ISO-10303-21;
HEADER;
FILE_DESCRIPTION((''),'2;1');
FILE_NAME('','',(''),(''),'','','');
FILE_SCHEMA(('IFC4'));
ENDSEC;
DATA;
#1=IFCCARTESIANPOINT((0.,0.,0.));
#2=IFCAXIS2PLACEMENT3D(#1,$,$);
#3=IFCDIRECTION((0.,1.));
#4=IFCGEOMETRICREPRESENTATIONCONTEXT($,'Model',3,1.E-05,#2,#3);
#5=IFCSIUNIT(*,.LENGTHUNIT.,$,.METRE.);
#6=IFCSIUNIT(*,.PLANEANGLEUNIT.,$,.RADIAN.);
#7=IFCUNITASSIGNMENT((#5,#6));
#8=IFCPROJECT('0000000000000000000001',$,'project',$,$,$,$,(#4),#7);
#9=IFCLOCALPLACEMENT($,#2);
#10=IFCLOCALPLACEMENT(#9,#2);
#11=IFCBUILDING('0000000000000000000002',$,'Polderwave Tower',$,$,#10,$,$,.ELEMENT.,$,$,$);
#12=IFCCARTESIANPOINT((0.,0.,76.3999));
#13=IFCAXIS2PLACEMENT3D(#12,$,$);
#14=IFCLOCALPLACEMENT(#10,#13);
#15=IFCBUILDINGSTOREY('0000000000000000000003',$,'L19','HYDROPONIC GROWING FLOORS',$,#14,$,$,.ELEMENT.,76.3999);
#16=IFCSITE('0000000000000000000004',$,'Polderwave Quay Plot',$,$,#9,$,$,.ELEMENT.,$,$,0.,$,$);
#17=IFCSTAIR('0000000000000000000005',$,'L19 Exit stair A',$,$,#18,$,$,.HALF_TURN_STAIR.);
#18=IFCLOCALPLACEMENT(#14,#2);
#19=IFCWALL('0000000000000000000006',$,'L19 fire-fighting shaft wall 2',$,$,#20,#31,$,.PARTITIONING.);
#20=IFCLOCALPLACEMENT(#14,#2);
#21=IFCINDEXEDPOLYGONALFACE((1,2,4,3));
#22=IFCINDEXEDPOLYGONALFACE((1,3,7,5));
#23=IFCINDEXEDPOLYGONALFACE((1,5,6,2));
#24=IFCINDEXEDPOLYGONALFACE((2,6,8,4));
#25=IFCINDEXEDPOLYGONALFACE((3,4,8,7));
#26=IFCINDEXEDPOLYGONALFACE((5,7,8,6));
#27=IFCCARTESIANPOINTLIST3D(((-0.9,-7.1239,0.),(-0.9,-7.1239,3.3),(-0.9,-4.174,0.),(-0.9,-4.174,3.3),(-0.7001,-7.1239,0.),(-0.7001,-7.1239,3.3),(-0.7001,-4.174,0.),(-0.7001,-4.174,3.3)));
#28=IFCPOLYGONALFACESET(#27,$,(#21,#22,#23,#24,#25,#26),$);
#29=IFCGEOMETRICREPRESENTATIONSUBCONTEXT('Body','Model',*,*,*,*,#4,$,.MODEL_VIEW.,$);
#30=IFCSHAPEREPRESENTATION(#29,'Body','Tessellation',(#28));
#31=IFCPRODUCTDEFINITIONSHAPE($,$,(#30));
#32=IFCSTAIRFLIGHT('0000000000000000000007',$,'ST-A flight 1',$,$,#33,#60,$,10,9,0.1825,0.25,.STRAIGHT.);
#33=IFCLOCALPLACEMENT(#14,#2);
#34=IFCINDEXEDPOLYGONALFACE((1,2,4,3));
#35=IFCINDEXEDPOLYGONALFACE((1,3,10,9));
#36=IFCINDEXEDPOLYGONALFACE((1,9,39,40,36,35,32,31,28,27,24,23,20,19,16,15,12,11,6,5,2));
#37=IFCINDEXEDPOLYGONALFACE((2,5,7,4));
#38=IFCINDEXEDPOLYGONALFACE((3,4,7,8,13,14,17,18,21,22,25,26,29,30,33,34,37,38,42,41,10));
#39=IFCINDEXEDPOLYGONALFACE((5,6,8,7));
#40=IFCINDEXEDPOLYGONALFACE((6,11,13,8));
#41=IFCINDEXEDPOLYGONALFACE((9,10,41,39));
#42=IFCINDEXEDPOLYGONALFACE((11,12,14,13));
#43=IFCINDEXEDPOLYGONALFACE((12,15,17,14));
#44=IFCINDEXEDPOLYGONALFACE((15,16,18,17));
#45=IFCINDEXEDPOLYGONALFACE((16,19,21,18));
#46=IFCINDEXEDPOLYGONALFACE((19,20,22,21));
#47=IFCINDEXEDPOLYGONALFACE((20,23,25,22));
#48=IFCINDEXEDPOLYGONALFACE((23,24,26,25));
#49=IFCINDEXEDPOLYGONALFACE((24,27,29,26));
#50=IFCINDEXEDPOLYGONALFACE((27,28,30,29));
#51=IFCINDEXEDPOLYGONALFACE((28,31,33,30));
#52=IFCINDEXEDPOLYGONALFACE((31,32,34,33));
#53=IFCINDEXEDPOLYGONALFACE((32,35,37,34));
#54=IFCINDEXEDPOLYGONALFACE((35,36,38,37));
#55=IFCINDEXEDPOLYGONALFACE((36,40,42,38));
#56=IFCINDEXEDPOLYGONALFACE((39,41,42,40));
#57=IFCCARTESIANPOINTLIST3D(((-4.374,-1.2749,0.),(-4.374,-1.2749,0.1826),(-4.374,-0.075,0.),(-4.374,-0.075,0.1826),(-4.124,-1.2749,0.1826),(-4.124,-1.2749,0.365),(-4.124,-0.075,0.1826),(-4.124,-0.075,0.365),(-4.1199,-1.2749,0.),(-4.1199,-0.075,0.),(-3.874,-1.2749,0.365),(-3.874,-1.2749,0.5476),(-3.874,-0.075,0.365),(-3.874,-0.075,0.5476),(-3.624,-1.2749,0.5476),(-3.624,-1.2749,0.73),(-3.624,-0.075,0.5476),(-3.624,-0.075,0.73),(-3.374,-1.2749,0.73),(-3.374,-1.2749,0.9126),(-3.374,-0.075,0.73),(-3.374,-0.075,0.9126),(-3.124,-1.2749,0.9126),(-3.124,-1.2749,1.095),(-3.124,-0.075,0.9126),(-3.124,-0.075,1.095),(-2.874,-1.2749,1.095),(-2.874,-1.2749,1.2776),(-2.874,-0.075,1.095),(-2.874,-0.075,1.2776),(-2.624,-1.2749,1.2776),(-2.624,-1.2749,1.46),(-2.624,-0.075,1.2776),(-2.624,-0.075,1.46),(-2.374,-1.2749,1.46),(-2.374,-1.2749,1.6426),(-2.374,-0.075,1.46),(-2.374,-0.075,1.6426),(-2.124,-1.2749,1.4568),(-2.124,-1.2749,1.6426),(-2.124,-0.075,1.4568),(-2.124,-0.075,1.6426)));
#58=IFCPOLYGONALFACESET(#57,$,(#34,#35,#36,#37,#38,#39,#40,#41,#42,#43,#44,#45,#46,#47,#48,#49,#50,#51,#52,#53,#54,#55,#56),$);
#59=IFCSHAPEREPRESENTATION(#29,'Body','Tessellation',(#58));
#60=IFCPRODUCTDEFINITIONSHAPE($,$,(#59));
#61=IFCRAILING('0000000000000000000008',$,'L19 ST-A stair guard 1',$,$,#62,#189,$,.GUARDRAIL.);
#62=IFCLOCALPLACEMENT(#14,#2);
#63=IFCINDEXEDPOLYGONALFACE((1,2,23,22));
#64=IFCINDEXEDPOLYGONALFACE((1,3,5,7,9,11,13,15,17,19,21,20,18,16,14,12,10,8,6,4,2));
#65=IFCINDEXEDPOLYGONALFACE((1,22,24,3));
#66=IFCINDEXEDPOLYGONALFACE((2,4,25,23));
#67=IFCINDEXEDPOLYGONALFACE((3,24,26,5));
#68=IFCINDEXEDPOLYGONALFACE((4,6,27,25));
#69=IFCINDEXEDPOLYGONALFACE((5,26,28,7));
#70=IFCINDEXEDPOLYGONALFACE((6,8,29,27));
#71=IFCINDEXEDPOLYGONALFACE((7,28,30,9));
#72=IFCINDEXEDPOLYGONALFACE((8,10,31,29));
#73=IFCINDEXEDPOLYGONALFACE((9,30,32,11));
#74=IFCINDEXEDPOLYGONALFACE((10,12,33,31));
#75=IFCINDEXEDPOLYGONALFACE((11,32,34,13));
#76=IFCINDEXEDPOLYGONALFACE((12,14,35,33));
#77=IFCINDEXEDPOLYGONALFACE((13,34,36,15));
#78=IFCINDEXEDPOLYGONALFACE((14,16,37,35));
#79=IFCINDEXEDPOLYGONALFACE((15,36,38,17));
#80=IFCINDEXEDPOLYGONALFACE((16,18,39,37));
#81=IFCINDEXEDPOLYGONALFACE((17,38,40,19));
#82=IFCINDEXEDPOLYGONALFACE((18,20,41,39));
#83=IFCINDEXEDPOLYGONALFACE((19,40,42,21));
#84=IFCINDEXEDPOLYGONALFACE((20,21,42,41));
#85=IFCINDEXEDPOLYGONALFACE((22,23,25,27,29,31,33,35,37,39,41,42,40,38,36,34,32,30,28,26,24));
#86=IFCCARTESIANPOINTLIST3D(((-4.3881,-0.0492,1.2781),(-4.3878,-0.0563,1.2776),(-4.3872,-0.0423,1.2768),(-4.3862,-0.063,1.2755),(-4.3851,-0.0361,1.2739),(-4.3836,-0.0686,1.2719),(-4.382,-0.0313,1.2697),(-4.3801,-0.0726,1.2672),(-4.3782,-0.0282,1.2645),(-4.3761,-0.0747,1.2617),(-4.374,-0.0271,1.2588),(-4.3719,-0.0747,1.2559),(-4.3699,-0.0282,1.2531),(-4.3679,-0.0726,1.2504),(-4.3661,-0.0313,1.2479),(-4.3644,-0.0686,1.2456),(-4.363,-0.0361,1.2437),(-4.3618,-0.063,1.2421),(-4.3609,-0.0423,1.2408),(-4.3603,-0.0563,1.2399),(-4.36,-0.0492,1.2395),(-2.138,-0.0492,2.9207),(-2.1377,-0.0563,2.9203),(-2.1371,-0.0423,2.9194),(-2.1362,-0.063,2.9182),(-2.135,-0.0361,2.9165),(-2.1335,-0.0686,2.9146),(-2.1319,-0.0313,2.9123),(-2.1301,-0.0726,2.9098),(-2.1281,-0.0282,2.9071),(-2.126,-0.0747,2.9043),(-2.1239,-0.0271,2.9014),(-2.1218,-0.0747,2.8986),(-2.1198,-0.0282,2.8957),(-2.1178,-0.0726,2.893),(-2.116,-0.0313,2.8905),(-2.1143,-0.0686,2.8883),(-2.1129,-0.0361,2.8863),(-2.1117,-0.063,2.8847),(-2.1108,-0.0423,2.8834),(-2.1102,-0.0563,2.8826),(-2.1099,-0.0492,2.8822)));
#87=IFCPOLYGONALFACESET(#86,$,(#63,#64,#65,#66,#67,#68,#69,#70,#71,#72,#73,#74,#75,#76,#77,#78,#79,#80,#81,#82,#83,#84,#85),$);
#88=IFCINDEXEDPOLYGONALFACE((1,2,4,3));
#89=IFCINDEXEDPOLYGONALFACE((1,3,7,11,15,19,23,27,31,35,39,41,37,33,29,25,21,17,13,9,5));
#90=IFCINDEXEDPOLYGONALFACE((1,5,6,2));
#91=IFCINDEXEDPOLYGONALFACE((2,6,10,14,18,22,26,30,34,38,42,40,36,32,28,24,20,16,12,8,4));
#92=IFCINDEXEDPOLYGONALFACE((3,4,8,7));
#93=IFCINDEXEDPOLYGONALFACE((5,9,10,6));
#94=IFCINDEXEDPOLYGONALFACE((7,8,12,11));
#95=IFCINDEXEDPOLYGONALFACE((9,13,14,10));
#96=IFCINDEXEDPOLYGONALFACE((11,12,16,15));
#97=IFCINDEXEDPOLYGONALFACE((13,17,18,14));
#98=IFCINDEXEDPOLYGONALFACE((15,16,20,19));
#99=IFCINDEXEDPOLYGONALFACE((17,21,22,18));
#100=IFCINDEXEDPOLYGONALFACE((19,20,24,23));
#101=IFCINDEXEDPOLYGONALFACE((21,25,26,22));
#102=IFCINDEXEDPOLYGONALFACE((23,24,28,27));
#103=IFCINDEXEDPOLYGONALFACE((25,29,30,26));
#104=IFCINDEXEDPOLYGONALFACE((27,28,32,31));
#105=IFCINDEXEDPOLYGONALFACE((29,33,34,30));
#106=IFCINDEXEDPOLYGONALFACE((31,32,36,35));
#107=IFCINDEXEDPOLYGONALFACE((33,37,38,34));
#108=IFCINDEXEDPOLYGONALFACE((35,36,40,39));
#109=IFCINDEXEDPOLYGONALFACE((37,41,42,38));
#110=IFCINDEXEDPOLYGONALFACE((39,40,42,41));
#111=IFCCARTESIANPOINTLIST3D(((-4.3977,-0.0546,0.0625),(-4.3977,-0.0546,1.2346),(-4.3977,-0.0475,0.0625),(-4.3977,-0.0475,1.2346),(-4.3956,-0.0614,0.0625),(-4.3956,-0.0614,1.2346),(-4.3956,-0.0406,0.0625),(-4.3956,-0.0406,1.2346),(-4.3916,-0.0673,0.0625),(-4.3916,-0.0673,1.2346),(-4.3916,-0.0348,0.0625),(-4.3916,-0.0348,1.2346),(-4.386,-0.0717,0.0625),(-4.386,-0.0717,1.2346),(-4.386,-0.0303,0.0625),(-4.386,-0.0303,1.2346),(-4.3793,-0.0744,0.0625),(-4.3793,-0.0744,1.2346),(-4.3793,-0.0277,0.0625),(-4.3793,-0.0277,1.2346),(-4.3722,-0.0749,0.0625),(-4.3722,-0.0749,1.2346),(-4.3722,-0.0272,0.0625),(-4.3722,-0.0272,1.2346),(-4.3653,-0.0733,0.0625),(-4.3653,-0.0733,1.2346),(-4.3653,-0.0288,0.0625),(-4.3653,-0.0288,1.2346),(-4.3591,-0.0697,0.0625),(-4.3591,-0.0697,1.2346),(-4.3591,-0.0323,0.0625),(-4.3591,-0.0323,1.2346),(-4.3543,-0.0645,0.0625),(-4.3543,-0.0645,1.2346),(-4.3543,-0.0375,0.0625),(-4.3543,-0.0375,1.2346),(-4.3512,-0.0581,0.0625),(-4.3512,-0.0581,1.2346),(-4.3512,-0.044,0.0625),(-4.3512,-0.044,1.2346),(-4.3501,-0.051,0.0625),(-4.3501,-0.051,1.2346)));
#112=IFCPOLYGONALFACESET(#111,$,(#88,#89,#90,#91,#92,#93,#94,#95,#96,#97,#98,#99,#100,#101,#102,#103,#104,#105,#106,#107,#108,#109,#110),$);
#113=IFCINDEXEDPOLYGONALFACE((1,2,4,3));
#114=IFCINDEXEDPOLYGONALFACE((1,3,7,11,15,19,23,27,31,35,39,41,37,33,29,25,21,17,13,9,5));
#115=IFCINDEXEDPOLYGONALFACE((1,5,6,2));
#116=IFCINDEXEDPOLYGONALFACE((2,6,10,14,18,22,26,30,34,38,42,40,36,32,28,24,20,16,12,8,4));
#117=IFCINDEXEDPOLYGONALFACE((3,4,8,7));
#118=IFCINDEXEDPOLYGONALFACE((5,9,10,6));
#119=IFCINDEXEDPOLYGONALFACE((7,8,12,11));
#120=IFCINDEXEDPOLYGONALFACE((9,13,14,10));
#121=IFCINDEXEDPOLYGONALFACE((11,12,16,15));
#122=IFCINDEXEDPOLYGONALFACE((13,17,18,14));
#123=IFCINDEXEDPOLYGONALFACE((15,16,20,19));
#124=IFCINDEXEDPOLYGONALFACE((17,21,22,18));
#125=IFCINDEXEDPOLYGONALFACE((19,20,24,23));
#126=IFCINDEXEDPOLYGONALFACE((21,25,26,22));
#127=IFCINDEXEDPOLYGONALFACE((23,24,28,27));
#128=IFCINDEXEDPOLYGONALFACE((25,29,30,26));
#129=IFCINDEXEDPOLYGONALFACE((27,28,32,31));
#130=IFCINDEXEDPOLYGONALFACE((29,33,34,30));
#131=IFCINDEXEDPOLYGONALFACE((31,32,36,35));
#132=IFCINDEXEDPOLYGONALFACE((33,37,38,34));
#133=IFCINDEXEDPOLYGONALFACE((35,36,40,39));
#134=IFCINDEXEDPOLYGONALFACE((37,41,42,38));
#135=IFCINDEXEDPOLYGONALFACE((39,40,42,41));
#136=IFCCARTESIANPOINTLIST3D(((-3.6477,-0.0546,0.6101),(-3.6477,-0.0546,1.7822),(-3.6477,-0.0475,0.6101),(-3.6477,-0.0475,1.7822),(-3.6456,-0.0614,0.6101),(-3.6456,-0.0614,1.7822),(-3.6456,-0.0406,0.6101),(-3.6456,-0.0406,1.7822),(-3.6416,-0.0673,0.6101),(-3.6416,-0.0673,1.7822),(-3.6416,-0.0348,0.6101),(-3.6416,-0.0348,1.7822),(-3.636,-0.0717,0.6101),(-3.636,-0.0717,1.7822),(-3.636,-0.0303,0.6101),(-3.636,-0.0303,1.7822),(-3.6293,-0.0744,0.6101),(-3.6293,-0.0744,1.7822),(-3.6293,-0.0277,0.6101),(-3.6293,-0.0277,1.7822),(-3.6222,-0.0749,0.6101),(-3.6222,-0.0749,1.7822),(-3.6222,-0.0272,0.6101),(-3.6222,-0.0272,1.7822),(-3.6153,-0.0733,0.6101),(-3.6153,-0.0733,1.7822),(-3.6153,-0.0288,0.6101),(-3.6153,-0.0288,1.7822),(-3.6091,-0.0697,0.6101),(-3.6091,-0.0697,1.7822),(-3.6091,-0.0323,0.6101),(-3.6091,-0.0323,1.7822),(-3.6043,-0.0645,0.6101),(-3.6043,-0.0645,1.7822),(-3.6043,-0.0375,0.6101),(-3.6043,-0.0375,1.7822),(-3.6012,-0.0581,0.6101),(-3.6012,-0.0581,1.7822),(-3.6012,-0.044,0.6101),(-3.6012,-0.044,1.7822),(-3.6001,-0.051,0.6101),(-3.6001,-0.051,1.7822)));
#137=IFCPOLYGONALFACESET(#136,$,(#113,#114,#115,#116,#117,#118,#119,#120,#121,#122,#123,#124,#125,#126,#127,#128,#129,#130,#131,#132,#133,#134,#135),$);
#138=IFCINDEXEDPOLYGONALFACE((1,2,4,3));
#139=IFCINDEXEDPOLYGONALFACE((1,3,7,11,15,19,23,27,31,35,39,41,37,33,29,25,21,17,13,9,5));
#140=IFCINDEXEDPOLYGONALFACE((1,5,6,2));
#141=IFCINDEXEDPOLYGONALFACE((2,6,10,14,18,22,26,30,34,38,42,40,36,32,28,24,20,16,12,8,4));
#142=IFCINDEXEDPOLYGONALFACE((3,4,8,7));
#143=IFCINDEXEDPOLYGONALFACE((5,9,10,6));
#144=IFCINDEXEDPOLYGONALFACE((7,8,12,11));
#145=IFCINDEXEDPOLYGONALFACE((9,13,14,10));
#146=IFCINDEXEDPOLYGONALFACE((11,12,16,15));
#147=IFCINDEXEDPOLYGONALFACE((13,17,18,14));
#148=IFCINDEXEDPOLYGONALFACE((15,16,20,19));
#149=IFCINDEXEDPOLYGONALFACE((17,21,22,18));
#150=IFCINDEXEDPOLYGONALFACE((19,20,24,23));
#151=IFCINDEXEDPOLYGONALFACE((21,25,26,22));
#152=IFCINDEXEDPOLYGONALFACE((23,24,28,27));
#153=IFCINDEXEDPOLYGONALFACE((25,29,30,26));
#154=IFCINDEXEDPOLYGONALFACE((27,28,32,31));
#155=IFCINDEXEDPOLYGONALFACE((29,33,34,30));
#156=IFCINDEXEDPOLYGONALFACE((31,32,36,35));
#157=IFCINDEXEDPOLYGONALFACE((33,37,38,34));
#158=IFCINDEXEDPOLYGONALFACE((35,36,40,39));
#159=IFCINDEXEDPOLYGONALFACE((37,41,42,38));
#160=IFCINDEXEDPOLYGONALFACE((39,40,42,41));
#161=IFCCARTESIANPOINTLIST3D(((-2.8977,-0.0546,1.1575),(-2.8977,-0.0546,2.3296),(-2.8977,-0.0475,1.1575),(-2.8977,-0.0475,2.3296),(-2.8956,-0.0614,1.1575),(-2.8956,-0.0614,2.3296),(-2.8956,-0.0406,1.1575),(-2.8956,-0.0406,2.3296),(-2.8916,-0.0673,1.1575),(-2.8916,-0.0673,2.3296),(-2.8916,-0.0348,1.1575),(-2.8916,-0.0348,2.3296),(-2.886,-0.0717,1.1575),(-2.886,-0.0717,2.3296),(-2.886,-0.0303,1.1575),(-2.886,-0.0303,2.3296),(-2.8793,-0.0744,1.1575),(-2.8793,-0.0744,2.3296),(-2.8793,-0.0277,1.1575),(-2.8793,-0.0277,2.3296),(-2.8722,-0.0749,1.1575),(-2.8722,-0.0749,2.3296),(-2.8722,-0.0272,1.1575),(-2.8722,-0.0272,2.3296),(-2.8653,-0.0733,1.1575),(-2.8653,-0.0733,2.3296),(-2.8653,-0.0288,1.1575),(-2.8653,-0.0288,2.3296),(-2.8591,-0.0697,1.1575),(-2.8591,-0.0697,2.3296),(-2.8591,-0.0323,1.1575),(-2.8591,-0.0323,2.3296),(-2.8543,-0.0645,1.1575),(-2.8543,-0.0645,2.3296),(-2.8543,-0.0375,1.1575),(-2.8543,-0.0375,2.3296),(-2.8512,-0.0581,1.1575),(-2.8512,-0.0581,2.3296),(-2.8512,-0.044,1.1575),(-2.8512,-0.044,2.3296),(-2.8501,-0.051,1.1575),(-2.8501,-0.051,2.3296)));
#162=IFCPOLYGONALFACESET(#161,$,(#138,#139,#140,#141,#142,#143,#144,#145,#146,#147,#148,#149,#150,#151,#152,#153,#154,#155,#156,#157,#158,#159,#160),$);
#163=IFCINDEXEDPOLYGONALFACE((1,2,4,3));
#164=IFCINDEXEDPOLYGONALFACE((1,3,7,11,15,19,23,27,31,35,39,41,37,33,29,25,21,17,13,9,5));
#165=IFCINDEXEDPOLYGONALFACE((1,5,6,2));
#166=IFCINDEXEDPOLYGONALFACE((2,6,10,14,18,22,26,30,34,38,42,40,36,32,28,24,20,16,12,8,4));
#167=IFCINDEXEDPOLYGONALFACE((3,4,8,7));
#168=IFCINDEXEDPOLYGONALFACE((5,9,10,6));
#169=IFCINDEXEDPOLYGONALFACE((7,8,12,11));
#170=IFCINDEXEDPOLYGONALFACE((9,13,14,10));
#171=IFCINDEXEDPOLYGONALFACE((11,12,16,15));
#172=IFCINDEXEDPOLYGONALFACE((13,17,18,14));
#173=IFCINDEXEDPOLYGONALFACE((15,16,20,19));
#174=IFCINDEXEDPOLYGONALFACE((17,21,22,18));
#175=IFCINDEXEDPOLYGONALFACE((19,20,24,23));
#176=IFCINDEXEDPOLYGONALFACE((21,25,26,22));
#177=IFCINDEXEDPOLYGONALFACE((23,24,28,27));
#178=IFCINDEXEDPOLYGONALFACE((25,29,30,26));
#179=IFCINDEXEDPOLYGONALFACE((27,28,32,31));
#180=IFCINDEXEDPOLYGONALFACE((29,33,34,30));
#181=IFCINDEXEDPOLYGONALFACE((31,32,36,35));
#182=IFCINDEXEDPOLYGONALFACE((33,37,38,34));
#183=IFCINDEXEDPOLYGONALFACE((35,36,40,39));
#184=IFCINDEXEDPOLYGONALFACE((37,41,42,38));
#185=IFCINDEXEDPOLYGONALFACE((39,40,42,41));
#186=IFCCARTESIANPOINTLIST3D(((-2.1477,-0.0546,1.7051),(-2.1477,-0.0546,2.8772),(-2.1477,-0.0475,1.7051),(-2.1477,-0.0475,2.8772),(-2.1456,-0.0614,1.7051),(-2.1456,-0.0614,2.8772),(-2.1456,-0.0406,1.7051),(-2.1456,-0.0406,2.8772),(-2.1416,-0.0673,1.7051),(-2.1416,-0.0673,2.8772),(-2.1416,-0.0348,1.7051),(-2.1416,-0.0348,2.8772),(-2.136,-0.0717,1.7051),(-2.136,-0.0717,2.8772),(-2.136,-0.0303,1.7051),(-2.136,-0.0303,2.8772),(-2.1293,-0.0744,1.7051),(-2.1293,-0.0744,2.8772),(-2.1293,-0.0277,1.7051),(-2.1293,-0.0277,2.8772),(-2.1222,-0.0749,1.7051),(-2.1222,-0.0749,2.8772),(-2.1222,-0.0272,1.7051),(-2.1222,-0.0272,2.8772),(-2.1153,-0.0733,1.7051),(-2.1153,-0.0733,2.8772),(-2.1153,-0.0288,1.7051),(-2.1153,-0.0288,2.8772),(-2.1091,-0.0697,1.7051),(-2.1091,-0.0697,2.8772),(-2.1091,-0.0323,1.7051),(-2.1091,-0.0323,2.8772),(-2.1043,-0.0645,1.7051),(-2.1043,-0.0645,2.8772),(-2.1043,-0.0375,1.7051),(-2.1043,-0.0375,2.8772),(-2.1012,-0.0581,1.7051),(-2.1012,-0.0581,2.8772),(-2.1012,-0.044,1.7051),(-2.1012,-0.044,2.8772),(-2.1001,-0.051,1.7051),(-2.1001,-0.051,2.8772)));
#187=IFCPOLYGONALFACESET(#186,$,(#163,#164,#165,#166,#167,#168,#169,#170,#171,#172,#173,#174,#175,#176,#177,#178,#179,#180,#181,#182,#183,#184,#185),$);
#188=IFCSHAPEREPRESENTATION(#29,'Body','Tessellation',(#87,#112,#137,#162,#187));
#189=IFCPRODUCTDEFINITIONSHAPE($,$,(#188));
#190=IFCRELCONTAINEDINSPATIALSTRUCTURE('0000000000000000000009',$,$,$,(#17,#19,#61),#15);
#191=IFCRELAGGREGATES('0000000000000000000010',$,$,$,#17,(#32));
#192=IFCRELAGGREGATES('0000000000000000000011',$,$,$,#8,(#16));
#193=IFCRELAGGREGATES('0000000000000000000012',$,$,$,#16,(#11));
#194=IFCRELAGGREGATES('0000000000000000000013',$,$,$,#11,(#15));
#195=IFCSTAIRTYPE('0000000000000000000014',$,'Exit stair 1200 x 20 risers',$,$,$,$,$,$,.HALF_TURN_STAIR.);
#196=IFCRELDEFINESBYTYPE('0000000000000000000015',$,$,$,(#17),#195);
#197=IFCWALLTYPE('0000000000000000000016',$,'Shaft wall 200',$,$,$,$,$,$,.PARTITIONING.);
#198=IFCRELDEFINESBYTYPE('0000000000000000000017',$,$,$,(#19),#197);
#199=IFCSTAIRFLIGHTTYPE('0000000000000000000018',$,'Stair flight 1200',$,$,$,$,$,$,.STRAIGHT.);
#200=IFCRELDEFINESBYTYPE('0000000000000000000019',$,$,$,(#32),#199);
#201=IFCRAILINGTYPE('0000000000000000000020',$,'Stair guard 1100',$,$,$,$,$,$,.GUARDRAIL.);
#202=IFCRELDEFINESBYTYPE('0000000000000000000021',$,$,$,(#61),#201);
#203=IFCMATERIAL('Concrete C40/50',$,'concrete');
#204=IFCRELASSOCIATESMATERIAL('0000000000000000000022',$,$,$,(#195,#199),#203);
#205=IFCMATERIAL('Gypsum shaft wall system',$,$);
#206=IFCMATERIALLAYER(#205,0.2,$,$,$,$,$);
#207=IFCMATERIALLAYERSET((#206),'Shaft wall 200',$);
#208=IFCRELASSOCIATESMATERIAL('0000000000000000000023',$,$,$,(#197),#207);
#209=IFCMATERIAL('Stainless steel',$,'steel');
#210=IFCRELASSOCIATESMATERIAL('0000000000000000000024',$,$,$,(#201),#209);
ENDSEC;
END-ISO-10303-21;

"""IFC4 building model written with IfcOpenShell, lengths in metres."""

from ifc_helpers import new_model, si_unit, direction, frame, frame_2d, origin, origin_2d, place, context, subcontext, project, spatial, polyline, rectangle, circle, outline, extrude, material, layer, layer_set, type_object, element, aggregate, save


model = new_model("IFC4")

# Units and contexts
model_context = context("Model", 3, precision=1e-05, world=origin(), true_north=direction((0.0, 1.0)))
body_context = subcontext(model_context, "Body", "Model", "MODEL_VIEW")
ifc_project = project(units=[si_unit("LENGTHUNIT", "METRE"), si_unit("PLANEANGLEUNIT", "RADIAN")], contexts=[model_context])

# Site, building, storey
site_placement = place(None, origin())
site = spatial("IfcSite", under=ifc_project, at=site_placement, Name="Polderwave Quay Plot", CompositionType="ELEMENT", RefElevation=0.0)
building_placement = place(site_placement, origin())
building = spatial("IfcBuilding", under=site, at=building_placement, Name="Polderwave Tower", CompositionType="ELEMENT")
storey_placement = place(building_placement, frame((0.0, 0.0, 76.3999)))
storey = spatial("IfcBuildingStorey", under=building, at=storey_placement, Name="L19", Description="HYDROPONIC GROWING FLOORS", CompositionType="ELEMENT", Elevation=76.3999)

# Shared definitions
ifc_material_1 = material(Name="Concrete C40/50", Category="concrete")

# Stair
stair_type = type_object("IfcStairType", Name="Exit stair 1200 x 20 risers", PredefinedType="HALF_TURN_STAIR", material=ifc_material_1)
stair_placement = place(storey_placement, origin())
stair = element("IfcStair", 1, at=stair_placement, inside=storey, type_object=stair_type, Name="L19 Exit stair A", PredefinedType="HALF_TURN_STAIR")

# Wall
ifc_material_2 = material(Name="Gypsum shaft wall system")
ifc_layer_1 = layer(ifc_material_2, 0.2)
ifc_layer_set_1 = layer_set([ifc_layer_1], Name="Shaft wall 200")
wall_type_1 = type_object("IfcWallType", Name="Shaft wall 200", PredefinedType="PARTITIONING", material=ifc_layer_set_1)
for number, where, z_axis, x_axis, name in (
    (2, (-0.8, -7.124, 0.0), (0.0, 0.0, 1.0), (0.0, 1.0, 0.0), "L19 fire-fighting shaft wall 2"),
):
    element("IfcWall", number, at=place(storey_placement, frame(where, z_axis=z_axis, x_axis=x_axis)), inside=storey, type_object=wall_type_1, Name=name, PredefinedType="PARTITIONING", context=body_context, shape_type="SweptSolid", body=[
        extrude(rectangle(XDim=2.95, YDim=0.2, at=frame_2d((1.4751, 0.0))), origin(), (0.0, 0.0, 1.0), 3.3),
    ])

# Stair flight
stair_flight_type = type_object("IfcStairFlightType", Name="Stair flight 1200", PredefinedType="STRAIGHT", material=ifc_material_1)
stair_flight_placement = place(storey_placement, frame((-4.374, -0.675, 0.0), z_axis=(0.0, 0.0, 1.0), x_axis=(1.0, 0.0, 0.0)))
stair_flight = element("IfcStairFlight", 3, at=stair_flight_placement, type_object=stair_flight_type, Name="ST-A flight 1", NumberOfRisers=10, NumberOfTreads=9, PredefinedType="STRAIGHT", RiserHeight=0.1825, TreadLength=0.25, context=body_context, shape_type="SweptSolid", body=[
    extrude(outline(polyline([(0.0, 0.0), (0.0, 0.1826), (0.25, 0.1826), (0.25, 0.365), (0.5, 0.365), (0.5, 0.5476), (0.75, 0.5476), (0.75, 0.73), (1.0, 0.73), (1.0, 0.9126), (1.25, 0.9126), (1.25, 1.095), (1.5, 1.095), (1.5, 1.2776), (1.75, 1.2776), (1.75, 1.46), (2.0, 1.46), (2.0, 1.6426), (2.25, 1.6426), (2.25, 1.825), (2.25, 1.4568), (0.2542, 0.0), (0.0, 0.0)])), frame((0.0, 0.6001, 0.0), z_axis=(0.0, -1.0, 0.0), x_axis=(1.0, 0.0, 0.0)), (0.0, 0.0, 1.0), 1.2),
])
aggregate(stair, [stair_flight])

# Railing
ifc_material_3 = material(Name="Stainless steel", Category="steel")
railing_type = type_object("IfcRailingType", Name="Stair guard 1100", PredefinedType="GUARDRAIL", material=ifc_material_3)
railing_1_placement = place(storey_placement, frame((-4.374, -0.051, 0.0625)))
element("IfcRailing", 4, at=railing_1_placement, inside=storey, type_object=railing_type, Name="L19 ST-A stair guard 1", PredefinedType="GUARDRAIL", context=body_context, shape_type="SweptSolid", body=[
    extrude(circle(Radius=0.0239, at=origin_2d()), frame((0.0, 0.0, 1.1963), z_axis=(0.807674, 0.0, 0.58963), x_axis=(0.0, 1.0, 0.0)), (0.0, 0.0, 1.0), 2.7859),
    extrude(circle(Radius=0.0239, at=origin_2d()), origin(), (0.0, 0.0, 1.0), 1.1721),
    extrude(circle(Radius=0.0239, at=origin_2d()), frame((0.75, 0.0, 0.5476)), (0.0, 0.0, 1.0), 1.1721),
    extrude(circle(Radius=0.0239, at=origin_2d()), frame((1.5, 0.0, 1.095)), (0.0, 0.0, 1.0), 1.1721),
    extrude(circle(Radius=0.0239, at=origin_2d()), frame((2.25, 0.0, 1.6426)), (0.0, 0.0, 1.0), 1.1721),
])

save(model, "model.ifc")
